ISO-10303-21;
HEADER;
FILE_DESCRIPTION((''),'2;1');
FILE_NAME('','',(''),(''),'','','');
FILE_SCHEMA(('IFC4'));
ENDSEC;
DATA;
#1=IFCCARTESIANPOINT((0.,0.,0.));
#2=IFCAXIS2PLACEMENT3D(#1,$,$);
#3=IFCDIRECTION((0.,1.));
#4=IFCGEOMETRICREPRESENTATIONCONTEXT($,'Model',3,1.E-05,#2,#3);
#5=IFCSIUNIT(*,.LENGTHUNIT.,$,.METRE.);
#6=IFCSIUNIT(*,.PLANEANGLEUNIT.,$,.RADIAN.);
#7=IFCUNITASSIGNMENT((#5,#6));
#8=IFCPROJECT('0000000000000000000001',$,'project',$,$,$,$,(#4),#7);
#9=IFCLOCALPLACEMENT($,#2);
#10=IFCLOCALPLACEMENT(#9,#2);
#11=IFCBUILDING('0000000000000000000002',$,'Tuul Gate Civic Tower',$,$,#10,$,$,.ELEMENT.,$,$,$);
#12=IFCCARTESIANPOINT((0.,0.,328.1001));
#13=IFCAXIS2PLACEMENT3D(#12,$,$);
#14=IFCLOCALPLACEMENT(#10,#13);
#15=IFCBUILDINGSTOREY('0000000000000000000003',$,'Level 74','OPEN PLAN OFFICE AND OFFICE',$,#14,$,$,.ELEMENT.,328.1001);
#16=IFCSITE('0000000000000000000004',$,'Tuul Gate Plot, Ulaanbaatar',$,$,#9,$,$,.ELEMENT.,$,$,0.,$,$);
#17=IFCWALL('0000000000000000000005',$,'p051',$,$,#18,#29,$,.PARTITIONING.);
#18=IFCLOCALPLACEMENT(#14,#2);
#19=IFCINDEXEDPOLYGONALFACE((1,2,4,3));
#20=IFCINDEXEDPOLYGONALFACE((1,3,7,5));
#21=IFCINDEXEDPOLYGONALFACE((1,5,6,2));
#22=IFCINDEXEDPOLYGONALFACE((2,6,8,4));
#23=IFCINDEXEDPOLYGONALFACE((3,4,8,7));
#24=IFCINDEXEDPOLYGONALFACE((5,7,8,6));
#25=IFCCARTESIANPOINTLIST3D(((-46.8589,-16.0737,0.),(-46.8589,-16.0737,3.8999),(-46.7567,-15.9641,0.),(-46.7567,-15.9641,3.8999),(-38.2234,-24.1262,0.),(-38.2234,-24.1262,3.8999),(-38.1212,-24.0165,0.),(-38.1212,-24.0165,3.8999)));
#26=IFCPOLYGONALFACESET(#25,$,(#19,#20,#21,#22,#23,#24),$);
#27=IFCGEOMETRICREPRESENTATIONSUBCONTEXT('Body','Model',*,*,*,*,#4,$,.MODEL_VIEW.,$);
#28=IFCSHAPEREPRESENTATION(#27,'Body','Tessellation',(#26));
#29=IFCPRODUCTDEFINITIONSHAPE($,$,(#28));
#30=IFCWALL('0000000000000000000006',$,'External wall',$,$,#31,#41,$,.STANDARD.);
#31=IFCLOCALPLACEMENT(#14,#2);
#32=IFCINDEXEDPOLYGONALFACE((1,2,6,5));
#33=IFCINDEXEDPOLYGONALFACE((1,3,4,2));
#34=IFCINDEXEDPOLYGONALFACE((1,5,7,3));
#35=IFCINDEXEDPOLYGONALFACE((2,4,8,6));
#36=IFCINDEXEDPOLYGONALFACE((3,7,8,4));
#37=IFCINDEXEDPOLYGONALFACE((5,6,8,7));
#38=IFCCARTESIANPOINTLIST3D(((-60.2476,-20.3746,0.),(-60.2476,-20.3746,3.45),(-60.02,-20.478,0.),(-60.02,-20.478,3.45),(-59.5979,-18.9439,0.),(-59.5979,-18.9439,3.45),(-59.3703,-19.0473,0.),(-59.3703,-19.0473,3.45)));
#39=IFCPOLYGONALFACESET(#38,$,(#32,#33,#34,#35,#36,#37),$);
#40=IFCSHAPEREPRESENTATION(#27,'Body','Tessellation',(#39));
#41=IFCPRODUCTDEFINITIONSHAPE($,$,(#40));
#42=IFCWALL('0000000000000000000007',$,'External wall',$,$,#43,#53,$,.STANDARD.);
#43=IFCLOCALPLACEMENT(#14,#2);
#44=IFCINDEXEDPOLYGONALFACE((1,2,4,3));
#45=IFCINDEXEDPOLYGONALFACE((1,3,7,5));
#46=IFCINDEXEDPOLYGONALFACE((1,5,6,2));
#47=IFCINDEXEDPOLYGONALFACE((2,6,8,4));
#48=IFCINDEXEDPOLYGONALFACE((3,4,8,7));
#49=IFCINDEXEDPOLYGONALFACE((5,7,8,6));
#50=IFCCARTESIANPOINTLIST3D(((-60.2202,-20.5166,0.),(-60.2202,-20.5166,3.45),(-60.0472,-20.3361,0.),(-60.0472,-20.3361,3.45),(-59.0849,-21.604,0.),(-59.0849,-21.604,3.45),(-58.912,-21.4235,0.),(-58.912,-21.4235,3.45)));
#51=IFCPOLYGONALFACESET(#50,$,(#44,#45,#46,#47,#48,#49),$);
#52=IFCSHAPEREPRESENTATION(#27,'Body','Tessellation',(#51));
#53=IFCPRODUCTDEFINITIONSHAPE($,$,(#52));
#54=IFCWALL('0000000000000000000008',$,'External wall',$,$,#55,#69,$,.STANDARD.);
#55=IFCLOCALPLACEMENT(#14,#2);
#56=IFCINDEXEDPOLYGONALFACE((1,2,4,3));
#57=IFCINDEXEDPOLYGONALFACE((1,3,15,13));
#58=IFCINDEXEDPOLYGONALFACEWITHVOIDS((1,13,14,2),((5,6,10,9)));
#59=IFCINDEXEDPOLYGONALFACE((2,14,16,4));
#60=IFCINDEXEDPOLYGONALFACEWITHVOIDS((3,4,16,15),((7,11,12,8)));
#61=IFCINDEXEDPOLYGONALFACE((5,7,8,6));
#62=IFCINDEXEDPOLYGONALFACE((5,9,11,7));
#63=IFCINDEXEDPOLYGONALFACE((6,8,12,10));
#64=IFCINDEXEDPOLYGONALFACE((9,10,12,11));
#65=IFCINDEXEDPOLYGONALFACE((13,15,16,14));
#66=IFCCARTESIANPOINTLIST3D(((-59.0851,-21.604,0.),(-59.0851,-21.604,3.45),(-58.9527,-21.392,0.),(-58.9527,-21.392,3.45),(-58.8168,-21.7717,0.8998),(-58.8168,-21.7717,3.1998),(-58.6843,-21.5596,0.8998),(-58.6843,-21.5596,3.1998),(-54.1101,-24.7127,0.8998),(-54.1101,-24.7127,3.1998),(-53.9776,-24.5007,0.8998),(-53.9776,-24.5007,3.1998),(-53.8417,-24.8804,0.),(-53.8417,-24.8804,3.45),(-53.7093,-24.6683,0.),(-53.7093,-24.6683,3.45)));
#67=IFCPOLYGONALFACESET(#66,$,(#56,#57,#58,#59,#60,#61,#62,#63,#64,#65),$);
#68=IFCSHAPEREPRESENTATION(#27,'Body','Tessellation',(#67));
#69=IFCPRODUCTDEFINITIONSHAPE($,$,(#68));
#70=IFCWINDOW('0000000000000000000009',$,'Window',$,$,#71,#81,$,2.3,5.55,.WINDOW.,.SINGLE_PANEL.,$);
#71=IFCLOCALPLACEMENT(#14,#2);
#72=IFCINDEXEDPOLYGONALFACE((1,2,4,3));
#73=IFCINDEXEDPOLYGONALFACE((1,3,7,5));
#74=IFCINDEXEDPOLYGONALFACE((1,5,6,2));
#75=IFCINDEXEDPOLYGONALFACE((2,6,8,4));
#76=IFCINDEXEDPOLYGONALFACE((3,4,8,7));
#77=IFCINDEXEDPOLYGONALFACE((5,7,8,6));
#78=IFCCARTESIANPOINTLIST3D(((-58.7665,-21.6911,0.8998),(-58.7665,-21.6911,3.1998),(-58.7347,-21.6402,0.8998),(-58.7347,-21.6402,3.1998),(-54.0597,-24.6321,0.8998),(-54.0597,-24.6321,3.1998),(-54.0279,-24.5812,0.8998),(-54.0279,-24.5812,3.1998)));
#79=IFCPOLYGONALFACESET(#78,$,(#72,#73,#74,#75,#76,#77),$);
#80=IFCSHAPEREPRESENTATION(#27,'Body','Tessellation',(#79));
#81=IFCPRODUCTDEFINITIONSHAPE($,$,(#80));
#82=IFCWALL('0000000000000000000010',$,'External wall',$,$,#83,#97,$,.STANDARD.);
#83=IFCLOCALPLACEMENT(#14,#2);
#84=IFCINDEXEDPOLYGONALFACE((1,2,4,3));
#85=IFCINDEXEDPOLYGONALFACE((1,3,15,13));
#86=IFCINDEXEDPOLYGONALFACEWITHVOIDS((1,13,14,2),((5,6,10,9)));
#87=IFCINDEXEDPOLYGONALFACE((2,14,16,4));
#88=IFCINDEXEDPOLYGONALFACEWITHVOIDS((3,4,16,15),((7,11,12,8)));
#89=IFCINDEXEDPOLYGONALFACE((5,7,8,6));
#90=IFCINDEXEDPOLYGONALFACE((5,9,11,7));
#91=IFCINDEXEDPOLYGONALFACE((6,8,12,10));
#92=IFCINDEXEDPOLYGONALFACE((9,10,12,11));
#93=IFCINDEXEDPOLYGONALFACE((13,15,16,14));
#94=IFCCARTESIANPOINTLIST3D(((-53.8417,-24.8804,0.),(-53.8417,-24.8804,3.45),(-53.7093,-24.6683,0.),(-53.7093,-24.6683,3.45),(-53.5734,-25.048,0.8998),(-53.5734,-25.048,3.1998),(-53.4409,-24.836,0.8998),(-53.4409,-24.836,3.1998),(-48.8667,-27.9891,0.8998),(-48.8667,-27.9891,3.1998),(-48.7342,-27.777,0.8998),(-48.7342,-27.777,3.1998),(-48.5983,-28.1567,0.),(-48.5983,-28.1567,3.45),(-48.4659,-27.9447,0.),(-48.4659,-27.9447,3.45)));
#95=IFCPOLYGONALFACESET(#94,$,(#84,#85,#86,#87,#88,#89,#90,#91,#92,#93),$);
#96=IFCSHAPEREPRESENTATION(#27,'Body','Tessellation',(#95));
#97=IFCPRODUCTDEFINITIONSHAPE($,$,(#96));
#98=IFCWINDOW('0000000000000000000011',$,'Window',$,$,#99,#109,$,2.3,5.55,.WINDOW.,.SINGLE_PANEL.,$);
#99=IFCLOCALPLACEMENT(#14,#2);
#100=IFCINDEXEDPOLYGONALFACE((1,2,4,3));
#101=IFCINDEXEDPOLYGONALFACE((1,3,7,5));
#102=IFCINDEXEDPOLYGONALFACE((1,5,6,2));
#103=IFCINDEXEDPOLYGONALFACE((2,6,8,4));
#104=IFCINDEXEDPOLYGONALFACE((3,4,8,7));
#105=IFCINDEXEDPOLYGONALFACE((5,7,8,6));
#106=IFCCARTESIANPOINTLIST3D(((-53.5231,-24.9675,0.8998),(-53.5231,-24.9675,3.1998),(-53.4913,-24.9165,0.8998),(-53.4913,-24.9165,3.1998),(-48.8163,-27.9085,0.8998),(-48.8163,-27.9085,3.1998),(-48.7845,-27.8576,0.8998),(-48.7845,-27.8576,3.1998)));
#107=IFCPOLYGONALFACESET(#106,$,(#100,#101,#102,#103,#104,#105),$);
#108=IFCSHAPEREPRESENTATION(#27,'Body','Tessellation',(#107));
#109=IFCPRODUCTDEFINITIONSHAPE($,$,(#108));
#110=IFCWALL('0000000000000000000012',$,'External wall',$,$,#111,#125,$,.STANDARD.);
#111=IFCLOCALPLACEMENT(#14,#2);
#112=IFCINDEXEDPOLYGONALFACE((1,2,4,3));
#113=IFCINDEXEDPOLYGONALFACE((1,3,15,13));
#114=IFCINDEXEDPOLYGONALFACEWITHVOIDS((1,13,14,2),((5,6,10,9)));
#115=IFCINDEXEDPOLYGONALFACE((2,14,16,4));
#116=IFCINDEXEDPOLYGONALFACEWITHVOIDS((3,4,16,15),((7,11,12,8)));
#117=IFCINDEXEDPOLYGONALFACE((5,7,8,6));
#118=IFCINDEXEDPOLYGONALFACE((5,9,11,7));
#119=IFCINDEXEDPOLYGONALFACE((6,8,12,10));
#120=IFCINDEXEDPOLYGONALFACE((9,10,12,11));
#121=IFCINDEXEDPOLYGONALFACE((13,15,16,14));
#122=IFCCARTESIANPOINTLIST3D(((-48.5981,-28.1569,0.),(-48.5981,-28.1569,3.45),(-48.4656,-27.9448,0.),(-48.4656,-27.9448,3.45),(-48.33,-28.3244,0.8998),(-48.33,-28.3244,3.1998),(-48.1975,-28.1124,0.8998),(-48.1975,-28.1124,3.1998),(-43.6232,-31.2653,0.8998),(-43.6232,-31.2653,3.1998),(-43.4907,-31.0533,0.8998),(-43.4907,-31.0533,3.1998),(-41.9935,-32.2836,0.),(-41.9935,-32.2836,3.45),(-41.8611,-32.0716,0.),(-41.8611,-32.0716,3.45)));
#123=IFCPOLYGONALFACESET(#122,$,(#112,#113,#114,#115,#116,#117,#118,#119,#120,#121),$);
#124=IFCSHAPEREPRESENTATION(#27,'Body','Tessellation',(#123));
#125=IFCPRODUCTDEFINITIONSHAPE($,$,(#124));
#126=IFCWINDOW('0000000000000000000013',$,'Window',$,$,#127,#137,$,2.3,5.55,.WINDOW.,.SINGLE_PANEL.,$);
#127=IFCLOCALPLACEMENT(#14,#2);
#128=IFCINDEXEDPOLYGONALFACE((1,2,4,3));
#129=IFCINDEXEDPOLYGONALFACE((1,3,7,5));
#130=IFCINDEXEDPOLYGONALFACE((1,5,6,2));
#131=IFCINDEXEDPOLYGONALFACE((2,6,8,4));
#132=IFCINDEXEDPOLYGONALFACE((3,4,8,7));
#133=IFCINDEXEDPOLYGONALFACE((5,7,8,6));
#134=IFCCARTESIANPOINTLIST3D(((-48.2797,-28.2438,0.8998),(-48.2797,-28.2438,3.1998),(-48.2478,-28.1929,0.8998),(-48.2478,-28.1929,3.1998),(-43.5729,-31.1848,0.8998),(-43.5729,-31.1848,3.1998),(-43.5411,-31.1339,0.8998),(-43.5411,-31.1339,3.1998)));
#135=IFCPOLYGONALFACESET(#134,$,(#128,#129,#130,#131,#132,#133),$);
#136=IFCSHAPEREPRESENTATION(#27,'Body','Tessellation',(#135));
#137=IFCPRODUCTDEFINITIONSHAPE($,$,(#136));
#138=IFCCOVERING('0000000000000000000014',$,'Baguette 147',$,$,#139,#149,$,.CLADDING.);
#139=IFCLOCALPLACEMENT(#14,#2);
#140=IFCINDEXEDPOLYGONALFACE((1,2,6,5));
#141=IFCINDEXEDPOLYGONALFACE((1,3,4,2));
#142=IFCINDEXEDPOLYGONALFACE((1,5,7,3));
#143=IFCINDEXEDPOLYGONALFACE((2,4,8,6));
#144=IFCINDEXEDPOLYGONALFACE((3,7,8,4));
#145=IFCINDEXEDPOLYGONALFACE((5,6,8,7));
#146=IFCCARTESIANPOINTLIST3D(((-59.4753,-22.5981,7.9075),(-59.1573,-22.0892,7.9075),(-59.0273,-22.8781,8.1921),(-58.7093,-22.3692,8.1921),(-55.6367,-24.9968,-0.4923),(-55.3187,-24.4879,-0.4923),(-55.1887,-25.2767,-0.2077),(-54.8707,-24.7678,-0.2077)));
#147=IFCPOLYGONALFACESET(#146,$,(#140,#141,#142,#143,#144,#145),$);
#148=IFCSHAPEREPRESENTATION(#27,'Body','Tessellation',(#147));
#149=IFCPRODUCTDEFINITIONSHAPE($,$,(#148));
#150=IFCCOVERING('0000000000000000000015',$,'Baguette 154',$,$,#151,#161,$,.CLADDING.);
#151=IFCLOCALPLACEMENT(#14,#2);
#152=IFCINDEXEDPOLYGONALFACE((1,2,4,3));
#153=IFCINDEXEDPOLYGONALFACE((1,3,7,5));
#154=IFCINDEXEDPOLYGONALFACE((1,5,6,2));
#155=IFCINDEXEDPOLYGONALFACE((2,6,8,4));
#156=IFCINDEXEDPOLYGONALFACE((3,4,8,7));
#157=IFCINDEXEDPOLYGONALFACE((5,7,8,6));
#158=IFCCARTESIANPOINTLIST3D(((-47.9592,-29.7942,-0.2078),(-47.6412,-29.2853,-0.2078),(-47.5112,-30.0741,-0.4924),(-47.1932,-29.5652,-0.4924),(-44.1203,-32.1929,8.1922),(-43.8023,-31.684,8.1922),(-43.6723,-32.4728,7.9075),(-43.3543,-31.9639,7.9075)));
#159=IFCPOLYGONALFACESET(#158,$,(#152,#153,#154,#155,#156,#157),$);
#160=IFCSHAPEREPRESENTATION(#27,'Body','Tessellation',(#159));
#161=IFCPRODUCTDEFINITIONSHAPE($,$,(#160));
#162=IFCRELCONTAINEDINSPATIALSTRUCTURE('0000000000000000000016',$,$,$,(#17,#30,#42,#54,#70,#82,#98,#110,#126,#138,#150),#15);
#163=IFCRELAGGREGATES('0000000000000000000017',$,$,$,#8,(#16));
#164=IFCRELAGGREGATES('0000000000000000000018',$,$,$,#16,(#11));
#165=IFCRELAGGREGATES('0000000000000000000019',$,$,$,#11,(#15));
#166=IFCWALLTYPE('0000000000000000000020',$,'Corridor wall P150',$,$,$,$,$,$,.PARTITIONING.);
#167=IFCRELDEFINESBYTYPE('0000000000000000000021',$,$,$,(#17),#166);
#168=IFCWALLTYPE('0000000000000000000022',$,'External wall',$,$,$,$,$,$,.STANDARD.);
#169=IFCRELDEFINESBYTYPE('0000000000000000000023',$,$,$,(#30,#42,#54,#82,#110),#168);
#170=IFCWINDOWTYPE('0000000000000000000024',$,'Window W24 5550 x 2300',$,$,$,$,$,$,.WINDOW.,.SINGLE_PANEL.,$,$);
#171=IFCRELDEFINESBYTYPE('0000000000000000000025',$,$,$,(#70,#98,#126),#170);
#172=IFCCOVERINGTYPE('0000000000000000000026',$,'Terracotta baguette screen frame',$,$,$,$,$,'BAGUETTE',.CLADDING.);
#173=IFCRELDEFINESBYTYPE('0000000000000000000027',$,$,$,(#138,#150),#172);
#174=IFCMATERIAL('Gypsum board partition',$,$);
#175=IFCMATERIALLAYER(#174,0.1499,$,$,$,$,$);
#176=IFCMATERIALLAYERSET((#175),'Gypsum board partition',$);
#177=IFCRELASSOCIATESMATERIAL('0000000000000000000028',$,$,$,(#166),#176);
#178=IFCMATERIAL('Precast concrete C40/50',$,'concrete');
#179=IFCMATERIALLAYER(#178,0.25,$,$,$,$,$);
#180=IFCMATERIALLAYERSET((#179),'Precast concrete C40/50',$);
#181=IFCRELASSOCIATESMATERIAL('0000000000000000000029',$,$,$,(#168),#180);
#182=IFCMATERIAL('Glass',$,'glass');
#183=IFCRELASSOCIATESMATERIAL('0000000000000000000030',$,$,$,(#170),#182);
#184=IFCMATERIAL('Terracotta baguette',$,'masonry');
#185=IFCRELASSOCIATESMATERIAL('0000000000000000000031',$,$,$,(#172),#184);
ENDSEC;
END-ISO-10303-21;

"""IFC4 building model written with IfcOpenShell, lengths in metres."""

from ifc_helpers import new_model, si_unit, direction, frame, frame_2d, origin, origin_2d, place, context, subcontext, project, spatial, rectangle, extrude, material, layer, layer_set, material_profile, profile_set, type_object, element, fill, save


model = new_model("IFC4")

# Units and contexts
model_context = context("Model", 3, precision=1e-05, world=origin(), true_north=direction((0.0, 1.0)))
body_context = subcontext(model_context, "Body", "Model", "MODEL_VIEW")
ifc_project = project(units=[si_unit("LENGTHUNIT", "METRE"), si_unit("PLANEANGLEUNIT", "RADIAN")], contexts=[model_context])

# Site, building, storey
site_placement = place(None, origin())
site = spatial("IfcSite", under=ifc_project, at=site_placement, Name="Tuul Gate Plot, Ulaanbaatar", CompositionType="ELEMENT", RefElevation=0.0)
building_placement = place(site_placement, origin())
building = spatial("IfcBuilding", under=site, at=building_placement, Name="Tuul Gate Civic Tower", CompositionType="ELEMENT")
storey_placement = place(building_placement, frame((0.0, 0.0, 328.1001)))
storey = spatial("IfcBuildingStorey", under=building, at=storey_placement, Name="Level 74", Description="OPEN PLAN OFFICE AND OFFICE", CompositionType="ELEMENT", Elevation=328.1001)

# Shared definitions
ifc_material_1 = material(Name="Gypsum board partition")
ifc_layer_1 = layer(ifc_material_1, 0.1499)
ifc_layer_set_1 = layer_set([ifc_layer_1], Name="Gypsum board partition")
wall_type_1 = type_object("IfcWallType", Name="Corridor wall P150", PredefinedType="PARTITIONING", material=ifc_layer_set_1)

# Walls
wall_1_placement = place(storey_placement, frame((-46.8079, -16.0188, 0.0), z_axis=(0.0, 0.0, 1.0), x_axis=(0.731364, -0.681987, 0.0)))
element("IfcWall", 1, at=wall_1_placement, inside=storey, type_object=wall_type_1, Name="p051", PredefinedType="PARTITIONING", context=body_context, shape_type="SweptSolid", body=[
    extrude(rectangle(XDim=11.8074, YDim=0.1499, at=frame_2d((5.9038, 0.0))), origin(), (0.0, 0.0, 1.0), 3.8999),
])
ifc_material_2 = material(Name="Precast concrete C40/50", Category="concrete")
ifc_layer_2 = layer(ifc_material_2, 0.25)
ifc_layer_set_2 = layer_set([ifc_layer_2], Name="Precast concrete C40/50")
wall_type_2 = type_object("IfcWallType", Name="External wall", PredefinedType="STANDARD", material=ifc_layer_set_2)
wall_2_placement = place(storey_placement, frame((-59.4841, -18.9956, 0.0), z_axis=(0.0, 0.0, 1.0), x_axis=(-0.413463, -0.910521, 0.0)))
element("IfcWall", 2, at=wall_2_placement, inside=storey, type_object=wall_type_2, Name="External wall", PredefinedType="STANDARD", context=body_context, shape_type="SweptSolid", body=[
    extrude(rectangle(XDim=1.5713, YDim=0.25, at=frame_2d((0.7856, 0.0))), origin(), (0.0, 0.0, 1.0), 3.45),
])
wall_3_placement = place(storey_placement, frame((-60.1338, -20.4263, 0.0), z_axis=(0.0, 0.0, 1.0), x_axis=(0.722163, -0.691723, 0.0)))
element("IfcWall", 3, at=wall_3_placement, inside=storey, type_object=wall_type_2, Name="External wall", PredefinedType="STANDARD", context=body_context, shape_type="SweptSolid", body=[
    extrude(rectangle(XDim=1.572, YDim=0.25, at=frame_2d((0.7861, 0.0))), origin(), (0.0, 0.0, 1.0), 3.45),
])

# Walls, openings, windows
wall_4_placement = place(storey_placement, frame((-59.0188, -21.498, 0.0), z_axis=(0.0, 0.0, 1.0), x_axis=(0.848054, -0.52991, 0.0)))
wall_4 = element("IfcWall", 4, at=wall_4_placement, inside=storey, type_object=wall_type_2, Name="External wall", PredefinedType="STANDARD", context=body_context, shape_type="SweptSolid", body=[
    extrude(rectangle(XDim=6.1829, YDim=0.25, at=frame_2d((3.0913, 0.0))), origin(), (0.0, 0.0, 1.0), 3.45),
])
opening_1_placement = place(wall_4_placement, frame((0.3164, 0.0, 0.8999)))
opening_1 = element("IfcOpeningElement", 5, at=opening_1_placement, cuts=wall_4, PredefinedType="OPENING", context=body_context, shape_type="SweptSolid", body=[
    extrude(rectangle(XDim=5.55, YDim=2.3, at=frame_2d((2.7749, 1.1499))), frame((0.0, 0.135, 0.0), z_axis=(0.0, -1.0, 0.0), x_axis=(1.0, 0.0, 0.0)), (0.0, 0.0, 1.0), 0.27),
])
ifc_material_3 = material(Name="Glass", Category="glass")
window_type = type_object("IfcWindowType", Name="Window W24 5550 x 2300", PartitioningType="SINGLE_PANEL", PredefinedType="WINDOW", material=ifc_material_3)
window_1_placement = place(opening_1_placement, origin())
window_1 = element("IfcWindow", 6, at=window_1_placement, inside=storey, type_object=window_type, Name="Window", OverallHeight=2.3, OverallWidth=5.55, PartitioningType="SINGLE_PANEL", PredefinedType="WINDOW", context=body_context, shape_type="SweptSolid", body=[
    extrude(rectangle(XDim=5.55, YDim=2.3, at=frame_2d((2.7749, 1.1499))), frame((0.0, 0.03, 0.0), z_axis=(0.0, -1.0, 0.0), x_axis=(1.0, 0.0, 0.0)), (0.0, 0.0, 1.0), 0.0601),
])
fill(opening_1, window_1)
wall_5_placement = place(storey_placement, frame((-53.7754, -24.7744, 0.0), z_axis=(0.0, 0.0, 1.0), x_axis=(0.848054, -0.52991, 0.0)))
wall_5 = element("IfcWall", 7, at=wall_5_placement, inside=storey, type_object=wall_type_2, Name="External wall", PredefinedType="STANDARD", context=body_context, shape_type="SweptSolid", body=[
    extrude(rectangle(XDim=6.1829, YDim=0.25, at=frame_2d((3.0913, 0.0))), origin(), (0.0, 0.0, 1.0), 3.45),
])
opening_2_placement = place(wall_5_placement, frame((0.3164, 0.0, 0.8999)))
opening_2 = element("IfcOpeningElement", 8, at=opening_2_placement, cuts=wall_5, PredefinedType="OPENING", context=body_context, shape_type="SweptSolid", body=[
    extrude(rectangle(XDim=5.55, YDim=2.3, at=frame_2d((2.7749, 1.1499))), frame((0.0, 0.135, 0.0), z_axis=(0.0, -1.0, 0.0), x_axis=(1.0, 0.0, 0.0)), (0.0, 0.0, 1.0), 0.27),
])
window_2_placement = place(opening_2_placement, origin())
window_2 = element("IfcWindow", 9, at=window_2_placement, inside=storey, type_object=window_type, Name="Window", OverallHeight=2.3, OverallWidth=5.55, PartitioningType="SINGLE_PANEL", PredefinedType="WINDOW", context=body_context, shape_type="SweptSolid", body=[
    extrude(rectangle(XDim=5.55, YDim=2.3, at=frame_2d((2.7749, 1.1499))), frame((0.0, 0.03, 0.0), z_axis=(0.0, -1.0, 0.0), x_axis=(1.0, 0.0, 0.0)), (0.0, 0.0, 1.0), 0.0601),
])
fill(opening_2, window_2)
wall_6_placement = place(storey_placement, frame((-48.532, -28.0508, 0.0), z_axis=(0.0, 0.0, 1.0), x_axis=(0.848062, -0.529897, 0.0)))
wall_6 = element("IfcWall", 10, at=wall_6_placement, inside=storey, type_object=wall_type_2, Name="External wall", PredefinedType="STANDARD", context=body_context, shape_type="SweptSolid", body=[
    extrude(rectangle(XDim=7.7878, YDim=0.25, at=frame_2d((3.894, 0.0))), origin(), (0.0, 0.0, 1.0), 3.45),
])
opening_3_placement = place(wall_6_placement, frame((0.3164, 0.0, 0.8999)))
opening_3 = element("IfcOpeningElement", 11, at=opening_3_placement, cuts=wall_6, PredefinedType="OPENING", context=body_context, shape_type="SweptSolid", body=[
    extrude(rectangle(XDim=5.55, YDim=2.3, at=frame_2d((2.7749, 1.1499))), frame((0.0, 0.135, 0.0), z_axis=(0.0, -1.0, 0.0), x_axis=(1.0, 0.0, 0.0)), (0.0, 0.0, 1.0), 0.27),
])
window_3_placement = place(opening_3_placement, origin())
window_3 = element("IfcWindow", 12, at=window_3_placement, inside=storey, type_object=window_type, Name="Window", OverallHeight=2.3, OverallWidth=5.55, PartitioningType="SINGLE_PANEL", PredefinedType="WINDOW", context=body_context, shape_type="SweptSolid", body=[
    extrude(rectangle(XDim=5.55, YDim=2.3, at=frame_2d((2.7749, 1.1499))), frame((0.0, 0.03, 0.0), z_axis=(0.0, -1.0, 0.0), x_axis=(1.0, 0.0, 0.0)), (0.0, 0.0, 1.0), 0.0601),
])
fill(opening_3, window_3)

# Coverings
ifc_material_4 = material(Name="Terracotta baguette", Category="masonry")
ifc_material_profile_1 = material_profile(ifc_material_4, rectangle(XDim=0.6001, YDim=0.6001, at=origin_2d()), Name="Terracotta baguette screen frame")
ifc_profile_set_1 = profile_set([ifc_material_profile_1], Name="Terracotta baguette")
covering_type = type_object("IfcCoveringType", Name="Terracotta baguette screen frame", ElementType="BAGUETTE", PredefinedType="CLADDING", material=ifc_profile_set_1)
covering_1_placement = place(storey_placement, frame((-59.0923, -22.4836, 8.0498), z_axis=(0.402293, -0.251385, -0.880321), x_axis=(0.529926, 0.848044, 0.0)))
element("IfcCovering", 13, at=covering_1_placement, inside=storey, type_object=covering_type, Name="Baguette 147", PredefinedType="CLADDING", context=body_context, shape_type="SweptSolid", body=[
    extrude(rectangle(XDim=0.6001, YDim=0.6001, at=origin_2d()), origin(), (0.0, 0.0, 1.0), 9.5417),
])
covering_2_placement = place(storey_placement, frame((-47.5762, -29.6797, -0.3501), z_axis=(0.402314, -0.251383, 0.880312), x_axis=(0.529902, 0.848059, 0.0)))
element("IfcCovering", 14, at=covering_2_placement, inside=storey, type_object=covering_type, Name="Baguette 154", PredefinedType="CLADDING", context=body_context, shape_type="SweptSolid", body=[
    extrude(rectangle(XDim=0.6001, YDim=0.6001, at=origin_2d()), origin(), (0.0, 0.0, 1.0), 9.542),
])

save(model, "model.ifc")
